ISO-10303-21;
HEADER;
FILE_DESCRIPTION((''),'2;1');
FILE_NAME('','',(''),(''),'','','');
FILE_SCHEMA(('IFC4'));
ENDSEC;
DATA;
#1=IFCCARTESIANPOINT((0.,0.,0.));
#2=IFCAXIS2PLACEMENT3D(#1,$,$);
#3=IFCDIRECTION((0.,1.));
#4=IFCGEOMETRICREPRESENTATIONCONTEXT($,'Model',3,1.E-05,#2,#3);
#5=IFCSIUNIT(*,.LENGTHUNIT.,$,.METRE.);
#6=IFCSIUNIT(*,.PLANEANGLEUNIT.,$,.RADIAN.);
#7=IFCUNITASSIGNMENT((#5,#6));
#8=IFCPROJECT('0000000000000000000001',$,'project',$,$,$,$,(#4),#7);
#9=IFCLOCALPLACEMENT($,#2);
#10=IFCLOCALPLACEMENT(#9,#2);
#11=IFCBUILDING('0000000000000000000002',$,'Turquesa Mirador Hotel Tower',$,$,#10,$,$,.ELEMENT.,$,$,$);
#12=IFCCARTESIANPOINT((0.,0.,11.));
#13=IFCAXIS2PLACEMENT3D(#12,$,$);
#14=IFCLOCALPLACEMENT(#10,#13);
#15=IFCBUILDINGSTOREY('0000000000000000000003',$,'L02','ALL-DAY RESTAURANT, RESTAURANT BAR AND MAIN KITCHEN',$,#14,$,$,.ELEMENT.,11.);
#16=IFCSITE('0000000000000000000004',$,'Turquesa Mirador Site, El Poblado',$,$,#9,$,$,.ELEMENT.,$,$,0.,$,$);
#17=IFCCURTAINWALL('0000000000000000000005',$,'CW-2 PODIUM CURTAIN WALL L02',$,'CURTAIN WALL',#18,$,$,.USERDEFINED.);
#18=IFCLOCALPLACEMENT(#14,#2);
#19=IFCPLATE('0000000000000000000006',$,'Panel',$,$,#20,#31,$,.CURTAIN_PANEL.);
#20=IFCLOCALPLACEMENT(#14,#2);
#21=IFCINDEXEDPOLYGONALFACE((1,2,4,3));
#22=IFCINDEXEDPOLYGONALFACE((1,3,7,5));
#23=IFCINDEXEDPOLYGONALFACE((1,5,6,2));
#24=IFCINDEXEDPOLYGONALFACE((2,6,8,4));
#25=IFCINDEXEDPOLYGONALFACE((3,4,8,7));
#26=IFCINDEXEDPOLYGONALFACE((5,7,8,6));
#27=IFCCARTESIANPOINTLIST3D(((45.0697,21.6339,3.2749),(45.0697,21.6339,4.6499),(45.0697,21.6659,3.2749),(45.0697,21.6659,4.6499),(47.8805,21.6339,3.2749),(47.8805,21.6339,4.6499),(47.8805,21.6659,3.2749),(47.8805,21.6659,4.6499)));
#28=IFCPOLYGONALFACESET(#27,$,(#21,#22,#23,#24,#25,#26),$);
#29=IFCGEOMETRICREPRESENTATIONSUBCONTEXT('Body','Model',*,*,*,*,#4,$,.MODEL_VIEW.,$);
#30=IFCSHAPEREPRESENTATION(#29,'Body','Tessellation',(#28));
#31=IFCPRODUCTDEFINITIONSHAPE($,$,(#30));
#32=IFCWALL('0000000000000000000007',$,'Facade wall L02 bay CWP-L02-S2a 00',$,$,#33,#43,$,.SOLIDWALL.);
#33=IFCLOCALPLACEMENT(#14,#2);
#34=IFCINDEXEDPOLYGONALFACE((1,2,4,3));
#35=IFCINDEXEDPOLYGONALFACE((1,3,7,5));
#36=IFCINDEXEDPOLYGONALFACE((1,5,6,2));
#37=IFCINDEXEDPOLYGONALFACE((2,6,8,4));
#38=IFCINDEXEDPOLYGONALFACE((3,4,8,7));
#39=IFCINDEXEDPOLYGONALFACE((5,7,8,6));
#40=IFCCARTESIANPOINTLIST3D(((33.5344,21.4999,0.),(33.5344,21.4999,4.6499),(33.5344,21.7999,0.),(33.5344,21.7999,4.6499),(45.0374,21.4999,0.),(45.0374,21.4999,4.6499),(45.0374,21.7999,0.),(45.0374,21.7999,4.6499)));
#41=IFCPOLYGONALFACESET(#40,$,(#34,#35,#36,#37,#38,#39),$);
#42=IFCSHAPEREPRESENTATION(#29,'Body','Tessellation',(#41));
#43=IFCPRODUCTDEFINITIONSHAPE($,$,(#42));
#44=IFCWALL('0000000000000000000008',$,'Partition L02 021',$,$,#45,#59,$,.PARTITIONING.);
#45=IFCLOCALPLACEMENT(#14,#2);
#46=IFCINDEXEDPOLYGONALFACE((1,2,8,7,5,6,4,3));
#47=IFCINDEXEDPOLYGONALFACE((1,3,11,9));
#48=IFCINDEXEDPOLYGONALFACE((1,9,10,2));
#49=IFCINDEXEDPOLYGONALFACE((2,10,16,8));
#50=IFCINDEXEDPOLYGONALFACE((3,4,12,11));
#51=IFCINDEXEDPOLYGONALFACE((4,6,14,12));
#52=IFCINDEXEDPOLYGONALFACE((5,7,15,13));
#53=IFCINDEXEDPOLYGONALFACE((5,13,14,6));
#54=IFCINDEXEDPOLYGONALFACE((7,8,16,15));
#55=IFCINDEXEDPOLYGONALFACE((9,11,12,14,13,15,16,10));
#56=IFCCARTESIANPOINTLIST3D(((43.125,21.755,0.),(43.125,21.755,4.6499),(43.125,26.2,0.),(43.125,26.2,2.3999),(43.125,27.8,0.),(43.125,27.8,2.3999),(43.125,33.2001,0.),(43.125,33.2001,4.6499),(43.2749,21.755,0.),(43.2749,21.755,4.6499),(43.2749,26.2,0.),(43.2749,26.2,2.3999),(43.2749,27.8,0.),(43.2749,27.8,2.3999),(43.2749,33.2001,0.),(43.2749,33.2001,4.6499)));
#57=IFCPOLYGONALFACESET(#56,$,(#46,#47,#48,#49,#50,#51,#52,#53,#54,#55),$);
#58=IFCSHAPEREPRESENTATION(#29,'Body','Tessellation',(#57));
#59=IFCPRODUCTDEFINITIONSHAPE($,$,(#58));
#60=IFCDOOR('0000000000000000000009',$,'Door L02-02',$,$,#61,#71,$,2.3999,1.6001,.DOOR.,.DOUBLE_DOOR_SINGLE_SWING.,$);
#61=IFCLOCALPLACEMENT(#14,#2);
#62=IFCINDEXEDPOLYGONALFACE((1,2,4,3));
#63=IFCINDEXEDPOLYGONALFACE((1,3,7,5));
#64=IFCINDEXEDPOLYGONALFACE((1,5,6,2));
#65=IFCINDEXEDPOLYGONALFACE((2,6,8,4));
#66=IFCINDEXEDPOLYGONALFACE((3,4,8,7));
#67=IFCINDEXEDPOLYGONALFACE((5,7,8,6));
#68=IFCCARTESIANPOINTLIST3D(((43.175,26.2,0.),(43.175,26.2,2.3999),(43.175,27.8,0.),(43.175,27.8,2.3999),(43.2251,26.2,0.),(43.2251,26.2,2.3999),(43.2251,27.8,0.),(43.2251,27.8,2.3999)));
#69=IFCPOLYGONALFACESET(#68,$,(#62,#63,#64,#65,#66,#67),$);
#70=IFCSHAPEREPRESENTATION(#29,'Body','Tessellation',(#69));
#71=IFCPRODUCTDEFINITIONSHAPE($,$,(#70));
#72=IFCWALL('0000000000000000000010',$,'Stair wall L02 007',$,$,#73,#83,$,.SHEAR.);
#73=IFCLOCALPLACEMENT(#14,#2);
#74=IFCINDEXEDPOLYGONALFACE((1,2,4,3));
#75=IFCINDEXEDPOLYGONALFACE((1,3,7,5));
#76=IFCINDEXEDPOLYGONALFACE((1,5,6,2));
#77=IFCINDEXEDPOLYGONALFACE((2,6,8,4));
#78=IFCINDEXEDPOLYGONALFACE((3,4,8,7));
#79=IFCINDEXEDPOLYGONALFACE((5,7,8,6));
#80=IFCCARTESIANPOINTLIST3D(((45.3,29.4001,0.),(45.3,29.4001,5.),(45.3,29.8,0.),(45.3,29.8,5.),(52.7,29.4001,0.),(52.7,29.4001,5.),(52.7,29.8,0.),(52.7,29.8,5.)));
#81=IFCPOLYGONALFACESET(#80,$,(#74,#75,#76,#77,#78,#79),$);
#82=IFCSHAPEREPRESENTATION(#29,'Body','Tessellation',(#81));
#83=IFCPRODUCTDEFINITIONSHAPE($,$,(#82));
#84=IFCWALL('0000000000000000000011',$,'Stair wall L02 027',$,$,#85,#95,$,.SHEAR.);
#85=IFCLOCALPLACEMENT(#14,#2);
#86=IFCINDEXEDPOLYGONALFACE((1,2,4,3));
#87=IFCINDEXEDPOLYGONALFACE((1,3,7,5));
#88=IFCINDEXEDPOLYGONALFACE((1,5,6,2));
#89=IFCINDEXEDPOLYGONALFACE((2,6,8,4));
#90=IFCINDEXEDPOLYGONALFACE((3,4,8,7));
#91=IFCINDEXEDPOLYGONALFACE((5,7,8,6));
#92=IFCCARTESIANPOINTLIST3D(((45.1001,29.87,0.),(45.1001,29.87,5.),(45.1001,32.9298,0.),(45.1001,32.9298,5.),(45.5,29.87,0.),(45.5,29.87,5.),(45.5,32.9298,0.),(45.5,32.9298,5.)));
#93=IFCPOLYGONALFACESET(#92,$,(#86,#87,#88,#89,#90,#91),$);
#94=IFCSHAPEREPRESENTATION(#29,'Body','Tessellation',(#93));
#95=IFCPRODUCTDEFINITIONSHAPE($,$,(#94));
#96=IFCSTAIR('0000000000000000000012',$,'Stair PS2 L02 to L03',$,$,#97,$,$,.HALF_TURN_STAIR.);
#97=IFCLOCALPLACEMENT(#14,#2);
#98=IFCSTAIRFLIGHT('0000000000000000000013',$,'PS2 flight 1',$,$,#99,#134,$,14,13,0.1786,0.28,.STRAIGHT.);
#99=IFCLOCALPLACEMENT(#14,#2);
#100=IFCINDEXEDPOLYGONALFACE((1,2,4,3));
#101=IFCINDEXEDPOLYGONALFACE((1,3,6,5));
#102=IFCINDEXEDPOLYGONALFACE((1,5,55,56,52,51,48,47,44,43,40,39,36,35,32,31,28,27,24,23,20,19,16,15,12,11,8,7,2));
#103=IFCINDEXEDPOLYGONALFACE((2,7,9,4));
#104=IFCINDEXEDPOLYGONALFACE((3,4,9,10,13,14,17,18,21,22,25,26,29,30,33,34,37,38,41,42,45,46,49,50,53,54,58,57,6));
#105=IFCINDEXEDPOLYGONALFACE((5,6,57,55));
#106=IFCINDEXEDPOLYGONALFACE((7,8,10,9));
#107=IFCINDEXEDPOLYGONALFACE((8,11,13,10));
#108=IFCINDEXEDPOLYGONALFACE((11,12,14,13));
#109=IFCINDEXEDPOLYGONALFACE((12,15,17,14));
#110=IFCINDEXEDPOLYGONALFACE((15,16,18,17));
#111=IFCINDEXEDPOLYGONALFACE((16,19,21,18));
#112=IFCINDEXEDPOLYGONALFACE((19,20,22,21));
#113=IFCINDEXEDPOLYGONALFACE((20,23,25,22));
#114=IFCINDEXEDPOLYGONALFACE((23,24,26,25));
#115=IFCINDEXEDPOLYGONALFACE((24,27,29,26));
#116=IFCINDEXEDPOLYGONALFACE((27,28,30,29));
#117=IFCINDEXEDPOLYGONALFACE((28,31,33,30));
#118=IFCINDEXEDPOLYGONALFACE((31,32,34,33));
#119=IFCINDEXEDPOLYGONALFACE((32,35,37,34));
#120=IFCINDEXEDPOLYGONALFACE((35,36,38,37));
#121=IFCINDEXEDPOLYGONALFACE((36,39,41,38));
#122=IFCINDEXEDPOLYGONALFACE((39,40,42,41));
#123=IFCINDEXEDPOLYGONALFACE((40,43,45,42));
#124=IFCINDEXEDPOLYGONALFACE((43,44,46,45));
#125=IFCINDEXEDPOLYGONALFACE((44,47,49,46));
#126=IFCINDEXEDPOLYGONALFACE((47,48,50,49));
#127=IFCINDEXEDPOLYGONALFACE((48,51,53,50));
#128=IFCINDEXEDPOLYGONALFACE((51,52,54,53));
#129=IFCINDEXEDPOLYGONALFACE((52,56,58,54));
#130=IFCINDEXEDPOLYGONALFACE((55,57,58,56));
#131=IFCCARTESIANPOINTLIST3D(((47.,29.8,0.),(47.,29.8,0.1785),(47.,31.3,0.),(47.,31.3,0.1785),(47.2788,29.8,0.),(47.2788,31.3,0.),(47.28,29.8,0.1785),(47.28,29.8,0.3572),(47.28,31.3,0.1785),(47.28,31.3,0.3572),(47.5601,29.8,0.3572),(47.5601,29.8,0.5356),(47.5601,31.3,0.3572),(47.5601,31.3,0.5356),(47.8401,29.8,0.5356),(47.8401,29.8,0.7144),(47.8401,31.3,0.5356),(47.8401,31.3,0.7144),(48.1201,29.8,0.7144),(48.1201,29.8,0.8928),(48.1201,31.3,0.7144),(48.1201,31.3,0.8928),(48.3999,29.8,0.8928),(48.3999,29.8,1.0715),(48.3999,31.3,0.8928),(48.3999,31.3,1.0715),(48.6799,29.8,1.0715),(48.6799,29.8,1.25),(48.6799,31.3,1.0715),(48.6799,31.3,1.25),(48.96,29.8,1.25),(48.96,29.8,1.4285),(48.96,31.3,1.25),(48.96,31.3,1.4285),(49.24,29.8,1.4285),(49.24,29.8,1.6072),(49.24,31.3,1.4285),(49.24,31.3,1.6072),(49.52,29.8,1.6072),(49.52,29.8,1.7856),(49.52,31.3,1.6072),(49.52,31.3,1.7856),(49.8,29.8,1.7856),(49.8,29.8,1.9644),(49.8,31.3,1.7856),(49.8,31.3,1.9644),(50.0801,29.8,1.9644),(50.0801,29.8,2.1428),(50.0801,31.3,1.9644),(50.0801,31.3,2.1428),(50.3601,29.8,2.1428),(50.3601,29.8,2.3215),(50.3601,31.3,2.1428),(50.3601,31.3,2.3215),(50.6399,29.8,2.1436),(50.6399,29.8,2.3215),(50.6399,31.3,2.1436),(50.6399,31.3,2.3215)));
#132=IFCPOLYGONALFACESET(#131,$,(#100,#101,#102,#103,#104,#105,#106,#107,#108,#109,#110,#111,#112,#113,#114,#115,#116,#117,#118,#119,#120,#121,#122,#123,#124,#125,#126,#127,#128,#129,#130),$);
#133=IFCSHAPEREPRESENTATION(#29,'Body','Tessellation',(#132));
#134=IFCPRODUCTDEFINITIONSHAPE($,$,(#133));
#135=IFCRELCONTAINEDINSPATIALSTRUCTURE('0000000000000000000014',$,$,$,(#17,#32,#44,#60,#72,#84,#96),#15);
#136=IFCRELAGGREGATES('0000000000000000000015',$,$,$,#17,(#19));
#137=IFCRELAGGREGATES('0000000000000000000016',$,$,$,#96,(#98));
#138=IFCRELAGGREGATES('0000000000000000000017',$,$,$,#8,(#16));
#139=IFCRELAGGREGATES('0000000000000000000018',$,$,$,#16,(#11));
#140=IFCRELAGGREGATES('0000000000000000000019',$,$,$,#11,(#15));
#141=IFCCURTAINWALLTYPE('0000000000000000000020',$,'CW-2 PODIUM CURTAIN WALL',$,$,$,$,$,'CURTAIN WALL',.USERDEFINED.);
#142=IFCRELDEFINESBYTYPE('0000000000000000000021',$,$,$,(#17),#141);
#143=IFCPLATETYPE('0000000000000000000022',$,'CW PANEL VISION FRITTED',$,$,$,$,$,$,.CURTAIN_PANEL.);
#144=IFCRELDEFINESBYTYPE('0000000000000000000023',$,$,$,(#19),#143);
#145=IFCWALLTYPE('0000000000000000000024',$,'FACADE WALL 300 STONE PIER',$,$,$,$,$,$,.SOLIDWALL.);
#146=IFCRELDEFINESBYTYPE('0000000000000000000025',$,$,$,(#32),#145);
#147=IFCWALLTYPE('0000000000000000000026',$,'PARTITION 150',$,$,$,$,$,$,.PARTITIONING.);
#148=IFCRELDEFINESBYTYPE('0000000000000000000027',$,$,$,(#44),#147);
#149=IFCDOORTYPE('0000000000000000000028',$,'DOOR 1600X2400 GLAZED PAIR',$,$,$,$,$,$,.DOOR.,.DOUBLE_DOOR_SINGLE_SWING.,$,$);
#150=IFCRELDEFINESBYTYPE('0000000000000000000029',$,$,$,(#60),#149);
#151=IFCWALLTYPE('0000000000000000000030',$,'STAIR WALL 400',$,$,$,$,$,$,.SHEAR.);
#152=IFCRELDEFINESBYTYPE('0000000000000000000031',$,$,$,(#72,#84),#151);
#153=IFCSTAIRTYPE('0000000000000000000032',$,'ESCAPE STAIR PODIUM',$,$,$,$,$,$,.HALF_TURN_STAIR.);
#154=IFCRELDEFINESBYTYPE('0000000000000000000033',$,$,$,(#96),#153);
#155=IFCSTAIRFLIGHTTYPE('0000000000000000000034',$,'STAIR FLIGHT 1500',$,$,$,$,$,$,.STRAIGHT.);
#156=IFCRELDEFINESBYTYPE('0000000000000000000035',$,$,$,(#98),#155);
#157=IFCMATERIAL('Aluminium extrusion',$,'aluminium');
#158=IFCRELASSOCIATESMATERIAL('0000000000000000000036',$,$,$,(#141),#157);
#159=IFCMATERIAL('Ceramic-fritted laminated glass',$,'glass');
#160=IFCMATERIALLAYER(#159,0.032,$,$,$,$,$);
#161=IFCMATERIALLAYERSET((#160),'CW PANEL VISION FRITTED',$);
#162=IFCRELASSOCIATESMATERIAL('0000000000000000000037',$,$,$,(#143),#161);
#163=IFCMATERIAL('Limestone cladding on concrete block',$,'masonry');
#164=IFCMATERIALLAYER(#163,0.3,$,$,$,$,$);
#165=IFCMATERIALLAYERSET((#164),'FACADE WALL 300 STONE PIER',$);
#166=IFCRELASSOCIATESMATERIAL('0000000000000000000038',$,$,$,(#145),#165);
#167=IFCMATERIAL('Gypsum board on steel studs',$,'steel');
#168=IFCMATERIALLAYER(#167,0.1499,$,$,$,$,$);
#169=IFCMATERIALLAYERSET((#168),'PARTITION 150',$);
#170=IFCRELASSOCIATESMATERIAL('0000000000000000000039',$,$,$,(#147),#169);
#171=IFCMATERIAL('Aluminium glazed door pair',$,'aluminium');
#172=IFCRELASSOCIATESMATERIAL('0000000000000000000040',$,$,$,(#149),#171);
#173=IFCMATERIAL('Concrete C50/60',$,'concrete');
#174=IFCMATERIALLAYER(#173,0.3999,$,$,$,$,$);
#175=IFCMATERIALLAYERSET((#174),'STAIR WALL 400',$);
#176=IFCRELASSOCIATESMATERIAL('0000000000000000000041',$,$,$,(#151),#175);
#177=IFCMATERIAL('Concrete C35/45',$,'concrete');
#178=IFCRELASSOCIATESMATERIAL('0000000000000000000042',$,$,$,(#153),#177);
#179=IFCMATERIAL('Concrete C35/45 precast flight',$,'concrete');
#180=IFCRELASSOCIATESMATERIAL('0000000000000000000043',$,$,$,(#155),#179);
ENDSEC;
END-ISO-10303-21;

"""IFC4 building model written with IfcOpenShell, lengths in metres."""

from ifc_helpers import new_model, si_unit, direction, frame, frame_2d, origin, origin_2d, place, context, subcontext, project, spatial, polyline, rectangle, outline, extrude, material, layer, layer_set, type_object, element, fill, aggregate, save


model = new_model("IFC4")

# Units and contexts
model_context = context("Model", 3, precision=1e-05, world=origin(), true_north=direction((0.0, 1.0)))
body_context = subcontext(model_context, "Body", "Model", "MODEL_VIEW")
ifc_project = project(units=[si_unit("LENGTHUNIT", "METRE"), si_unit("PLANEANGLEUNIT", "RADIAN")], contexts=[model_context])

# Site, building, storey
site_placement = place(None, origin())
site = spatial("IfcSite", under=ifc_project, at=site_placement, Name="Turquesa Mirador Site, El Poblado", CompositionType="ELEMENT", RefElevation=0.0)
building_placement = place(site_placement, origin())
building = spatial("IfcBuilding", under=site, at=building_placement, Name="Turquesa Mirador Hotel Tower", CompositionType="ELEMENT")
storey_placement = place(building_placement, frame((0.0, 0.0, 11.0)))
storey = spatial("IfcBuildingStorey", under=building, at=storey_placement, Name="L02", Description="ALL-DAY RESTAURANT, RESTAURANT BAR AND MAIN KITCHEN", CompositionType="ELEMENT", Elevation=11.0)

# Shared definitions
ifc_material_1 = material(Name="Aluminium extrusion", Category="aluminium")
curtain_wall_type = type_object("IfcCurtainWallType", Name="CW-2 PODIUM CURTAIN WALL", ElementType="CURTAIN WALL", PredefinedType="USERDEFINED", material=ifc_material_1)

# Curtain wall
curtain_wall_1_placement = place(storey_placement, origin())
curtain_wall_1 = element("IfcCurtainWall", 1, at=curtain_wall_1_placement, inside=storey, type_object=curtain_wall_type, Name="CW-2 PODIUM CURTAIN WALL L02", ObjectType="CURTAIN WALL", PredefinedType="USERDEFINED")

# Plate
ifc_material_2 = material(Name="Ceramic-fritted laminated glass", Category="glass")
ifc_layer_1 = layer(ifc_material_2, 0.032)
ifc_layer_set_1 = layer_set([ifc_layer_1], Name="CW PANEL VISION FRITTED")
plate_type_1 = type_object("IfcPlateType", Name="CW PANEL VISION FRITTED", PredefinedType="CURTAIN_PANEL", material=ifc_layer_set_1)
plate_1_placement = place(storey_placement, frame((46.4751, 21.6499, 3.2749), z_axis=(0.0, 0.0, 1.0), x_axis=(1.0, 0.0, 0.0)))
plate_1 = element("IfcPlate", 2, at=plate_1_placement, type_object=plate_type_1, Name="Panel", PredefinedType="CURTAIN_PANEL", context=body_context, shape_type="SweptSolid", body=[
    extrude(rectangle(XDim=2.8108, YDim=0.032, at=origin_2d()), origin(), (0.0, 0.0, 1.0), 1.375),
])
aggregate(curtain_wall_1, [plate_1])

# Wall
ifc_material_3 = material(Name="Limestone cladding on concrete block", Category="masonry")
ifc_layer_2 = layer(ifc_material_3, 0.3)
ifc_layer_set_2 = layer_set([ifc_layer_2], Name="FACADE WALL 300 STONE PIER")
wall_type_1 = type_object("IfcWallType", Name="FACADE WALL 300 STONE PIER", PredefinedType="SOLIDWALL", material=ifc_layer_set_2)
wall_1_placement = place(storey_placement, frame((33.5344, 21.6499, 0.0), z_axis=(0.0, 0.0, 1.0), x_axis=(1.0, 0.0, 0.0)))
element("IfcWall", 3, at=wall_1_placement, inside=storey, type_object=wall_type_1, Name="Facade wall L02 bay CWP-L02-S2a 00", PredefinedType="SOLIDWALL", context=body_context, shape_type="SweptSolid", body=[
    extrude(rectangle(XDim=11.5029, YDim=0.3, at=frame_2d((5.7515, 0.0))), origin(), (0.0, 0.0, 1.0), 4.6499),
])

# Wall, opening, door
ifc_material_4 = material(Name="Gypsum board on steel studs", Category="steel")
ifc_layer_3 = layer(ifc_material_4, 0.1499)
ifc_layer_set_3 = layer_set([ifc_layer_3], Name="PARTITION 150")
wall_type_2 = type_object("IfcWallType", Name="PARTITION 150", PredefinedType="PARTITIONING", material=ifc_layer_set_3)
wall_2_placement = place(storey_placement, frame((43.2, 21.7549, 0.0), z_axis=(0.0, 0.0, 1.0), x_axis=(0.0, 1.0, 0.0)))
wall_2 = element("IfcWall", 4, at=wall_2_placement, inside=storey, type_object=wall_type_2, Name="Partition L02 021", PredefinedType="PARTITIONING", context=body_context, shape_type="SweptSolid", body=[
    extrude(rectangle(XDim=11.4451, YDim=0.1499, at=frame_2d((5.7227, 0.0))), origin(), (0.0, 0.0, 1.0), 4.6499),
])
opening_1_placement = place(wall_2_placement, frame((4.4451, 0.0, 0.0)))
opening_1 = element("IfcOpeningElement", 5, at=opening_1_placement, cuts=wall_2, PredefinedType="OPENING", context=body_context, shape_type="SweptSolid", body=[
    extrude(rectangle(XDim=1.6001, YDim=2.3999, at=frame_2d((0.8, 1.2))), frame((0.0, 0.085, 0.0), z_axis=(0.0, -1.0, 0.0), x_axis=(1.0, 0.0, 0.0)), (0.0, 0.0, 1.0), 0.1699),
])
ifc_material_5 = material(Name="Aluminium glazed door pair", Category="aluminium")
door_type_1 = type_object("IfcDoorType", Name="DOOR 1600X2400 GLAZED PAIR", OperationType="DOUBLE_DOOR_SINGLE_SWING", PredefinedType="DOOR", material=ifc_material_5)
door_1_placement = place(opening_1_placement, origin())
door_1 = element("IfcDoor", 6, at=door_1_placement, inside=storey, type_object=door_type_1, Name="Door L02-02", OperationType="DOUBLE_DOOR_SINGLE_SWING", OverallHeight=2.3999, OverallWidth=1.6001, PredefinedType="DOOR", context=body_context, shape_type="SweptSolid", body=[
    extrude(rectangle(XDim=1.6001, YDim=2.3999, at=frame_2d((0.8, 1.2))), frame((0.0, 0.0249, 0.0), z_axis=(0.0, -1.0, 0.0), x_axis=(1.0, 0.0, 0.0)), (0.0, 0.0, 1.0), 0.05),
])
fill(opening_1, door_1)

# Walls
ifc_material_6 = material(Name="Concrete C50/60", Category="concrete")
ifc_layer_4 = layer(ifc_material_6, 0.3999)
ifc_layer_set_4 = layer_set([ifc_layer_4], Name="STAIR WALL 400")
wall_type_3 = type_object("IfcWallType", Name="STAIR WALL 400", PredefinedType="SHEAR", material=ifc_layer_set_4)
wall_3_placement = place(storey_placement, frame((45.3, 29.6001, 0.0), z_axis=(0.0, 0.0, 1.0), x_axis=(1.0, 0.0, 0.0)))
element("IfcWall", 7, at=wall_3_placement, inside=storey, type_object=wall_type_3, Name="Stair wall L02 007", PredefinedType="SHEAR", context=body_context, shape_type="SweptSolid", body=[
    extrude(rectangle(XDim=7.3999, YDim=0.3999, at=frame_2d((3.7, 0.0))), origin(), (0.0, 0.0, 1.0), 5.0),
])
wall_4_placement = place(storey_placement, frame((45.3, 29.8701, 0.0), z_axis=(0.0, 0.0, 1.0), x_axis=(0.0, 1.0, 0.0)))
element("IfcWall", 8, at=wall_4_placement, inside=storey, type_object=wall_type_3, Name="Stair wall L02 027", PredefinedType="SHEAR", context=body_context, shape_type="SweptSolid", body=[
    extrude(rectangle(XDim=3.0598, YDim=0.3999, at=frame_2d((1.5298, 0.0))), origin(), (0.0, 0.0, 1.0), 5.0),
])

# Stair, stair flight
ifc_material_7 = material(Name="Concrete C35/45", Category="concrete")
stair_type = type_object("IfcStairType", Name="ESCAPE STAIR PODIUM", PredefinedType="HALF_TURN_STAIR", material=ifc_material_7)
stair_placement = place(storey_placement, origin())
stair = element("IfcStair", 9, at=stair_placement, inside=storey, type_object=stair_type, Name="Stair PS2 L02 to L03", PredefinedType="HALF_TURN_STAIR")
ifc_material_8 = material(Name="Concrete C35/45 precast flight", Category="concrete")
stair_flight_type = type_object("IfcStairFlightType", Name="STAIR FLIGHT 1500", PredefinedType="STRAIGHT", material=ifc_material_8)
stair_flight_placement = place(storey_placement, frame((47.0, 30.55, 0.0), z_axis=(0.0, 0.0, 1.0), x_axis=(1.0, 0.0, 0.0)))
stair_flight = element("IfcStairFlight", 10, at=stair_flight_placement, type_object=stair_flight_type, Name="PS2 flight 1", NumberOfRisers=14, NumberOfTreads=13, PredefinedType="STRAIGHT", RiserHeight=0.1786, TreadLength=0.28, context=body_context, shape_type="SweptSolid", body=[
    extrude(outline(polyline([(0.0, 0.0), (0.0, 0.1785), (0.28, 0.1785), (0.28, 0.3572), (0.5601, 0.3572), (0.5601, 0.5356), (0.8401, 0.5356), (0.8401, 0.7144), (1.1201, 0.7144), (1.1201, 0.8928), (1.3999, 0.8928), (1.3999, 1.0715), (1.6799, 1.0715), (1.6799, 1.25), (1.96, 1.25), (1.96, 1.4285), (2.24, 1.4285), (2.24, 1.6072), (2.52, 1.6072), (2.52, 1.7856), (2.8, 1.7856), (2.8, 1.9644), (3.0801, 1.9644), (3.0801, 2.1428), (3.3601, 2.1428), (3.3601, 2.3215), (3.6399, 2.3215), (3.6399, 2.5), (3.6399, 2.1436), (0.2788, 0.0), (0.0, 0.0)])), frame((0.0, 0.75, 0.0), z_axis=(0.0, -1.0, 0.0), x_axis=(1.0, 0.0, 0.0)), (0.0, 0.0, 1.0), 1.5),
])
aggregate(stair, [stair_flight])

save(model, "model.ifc")
